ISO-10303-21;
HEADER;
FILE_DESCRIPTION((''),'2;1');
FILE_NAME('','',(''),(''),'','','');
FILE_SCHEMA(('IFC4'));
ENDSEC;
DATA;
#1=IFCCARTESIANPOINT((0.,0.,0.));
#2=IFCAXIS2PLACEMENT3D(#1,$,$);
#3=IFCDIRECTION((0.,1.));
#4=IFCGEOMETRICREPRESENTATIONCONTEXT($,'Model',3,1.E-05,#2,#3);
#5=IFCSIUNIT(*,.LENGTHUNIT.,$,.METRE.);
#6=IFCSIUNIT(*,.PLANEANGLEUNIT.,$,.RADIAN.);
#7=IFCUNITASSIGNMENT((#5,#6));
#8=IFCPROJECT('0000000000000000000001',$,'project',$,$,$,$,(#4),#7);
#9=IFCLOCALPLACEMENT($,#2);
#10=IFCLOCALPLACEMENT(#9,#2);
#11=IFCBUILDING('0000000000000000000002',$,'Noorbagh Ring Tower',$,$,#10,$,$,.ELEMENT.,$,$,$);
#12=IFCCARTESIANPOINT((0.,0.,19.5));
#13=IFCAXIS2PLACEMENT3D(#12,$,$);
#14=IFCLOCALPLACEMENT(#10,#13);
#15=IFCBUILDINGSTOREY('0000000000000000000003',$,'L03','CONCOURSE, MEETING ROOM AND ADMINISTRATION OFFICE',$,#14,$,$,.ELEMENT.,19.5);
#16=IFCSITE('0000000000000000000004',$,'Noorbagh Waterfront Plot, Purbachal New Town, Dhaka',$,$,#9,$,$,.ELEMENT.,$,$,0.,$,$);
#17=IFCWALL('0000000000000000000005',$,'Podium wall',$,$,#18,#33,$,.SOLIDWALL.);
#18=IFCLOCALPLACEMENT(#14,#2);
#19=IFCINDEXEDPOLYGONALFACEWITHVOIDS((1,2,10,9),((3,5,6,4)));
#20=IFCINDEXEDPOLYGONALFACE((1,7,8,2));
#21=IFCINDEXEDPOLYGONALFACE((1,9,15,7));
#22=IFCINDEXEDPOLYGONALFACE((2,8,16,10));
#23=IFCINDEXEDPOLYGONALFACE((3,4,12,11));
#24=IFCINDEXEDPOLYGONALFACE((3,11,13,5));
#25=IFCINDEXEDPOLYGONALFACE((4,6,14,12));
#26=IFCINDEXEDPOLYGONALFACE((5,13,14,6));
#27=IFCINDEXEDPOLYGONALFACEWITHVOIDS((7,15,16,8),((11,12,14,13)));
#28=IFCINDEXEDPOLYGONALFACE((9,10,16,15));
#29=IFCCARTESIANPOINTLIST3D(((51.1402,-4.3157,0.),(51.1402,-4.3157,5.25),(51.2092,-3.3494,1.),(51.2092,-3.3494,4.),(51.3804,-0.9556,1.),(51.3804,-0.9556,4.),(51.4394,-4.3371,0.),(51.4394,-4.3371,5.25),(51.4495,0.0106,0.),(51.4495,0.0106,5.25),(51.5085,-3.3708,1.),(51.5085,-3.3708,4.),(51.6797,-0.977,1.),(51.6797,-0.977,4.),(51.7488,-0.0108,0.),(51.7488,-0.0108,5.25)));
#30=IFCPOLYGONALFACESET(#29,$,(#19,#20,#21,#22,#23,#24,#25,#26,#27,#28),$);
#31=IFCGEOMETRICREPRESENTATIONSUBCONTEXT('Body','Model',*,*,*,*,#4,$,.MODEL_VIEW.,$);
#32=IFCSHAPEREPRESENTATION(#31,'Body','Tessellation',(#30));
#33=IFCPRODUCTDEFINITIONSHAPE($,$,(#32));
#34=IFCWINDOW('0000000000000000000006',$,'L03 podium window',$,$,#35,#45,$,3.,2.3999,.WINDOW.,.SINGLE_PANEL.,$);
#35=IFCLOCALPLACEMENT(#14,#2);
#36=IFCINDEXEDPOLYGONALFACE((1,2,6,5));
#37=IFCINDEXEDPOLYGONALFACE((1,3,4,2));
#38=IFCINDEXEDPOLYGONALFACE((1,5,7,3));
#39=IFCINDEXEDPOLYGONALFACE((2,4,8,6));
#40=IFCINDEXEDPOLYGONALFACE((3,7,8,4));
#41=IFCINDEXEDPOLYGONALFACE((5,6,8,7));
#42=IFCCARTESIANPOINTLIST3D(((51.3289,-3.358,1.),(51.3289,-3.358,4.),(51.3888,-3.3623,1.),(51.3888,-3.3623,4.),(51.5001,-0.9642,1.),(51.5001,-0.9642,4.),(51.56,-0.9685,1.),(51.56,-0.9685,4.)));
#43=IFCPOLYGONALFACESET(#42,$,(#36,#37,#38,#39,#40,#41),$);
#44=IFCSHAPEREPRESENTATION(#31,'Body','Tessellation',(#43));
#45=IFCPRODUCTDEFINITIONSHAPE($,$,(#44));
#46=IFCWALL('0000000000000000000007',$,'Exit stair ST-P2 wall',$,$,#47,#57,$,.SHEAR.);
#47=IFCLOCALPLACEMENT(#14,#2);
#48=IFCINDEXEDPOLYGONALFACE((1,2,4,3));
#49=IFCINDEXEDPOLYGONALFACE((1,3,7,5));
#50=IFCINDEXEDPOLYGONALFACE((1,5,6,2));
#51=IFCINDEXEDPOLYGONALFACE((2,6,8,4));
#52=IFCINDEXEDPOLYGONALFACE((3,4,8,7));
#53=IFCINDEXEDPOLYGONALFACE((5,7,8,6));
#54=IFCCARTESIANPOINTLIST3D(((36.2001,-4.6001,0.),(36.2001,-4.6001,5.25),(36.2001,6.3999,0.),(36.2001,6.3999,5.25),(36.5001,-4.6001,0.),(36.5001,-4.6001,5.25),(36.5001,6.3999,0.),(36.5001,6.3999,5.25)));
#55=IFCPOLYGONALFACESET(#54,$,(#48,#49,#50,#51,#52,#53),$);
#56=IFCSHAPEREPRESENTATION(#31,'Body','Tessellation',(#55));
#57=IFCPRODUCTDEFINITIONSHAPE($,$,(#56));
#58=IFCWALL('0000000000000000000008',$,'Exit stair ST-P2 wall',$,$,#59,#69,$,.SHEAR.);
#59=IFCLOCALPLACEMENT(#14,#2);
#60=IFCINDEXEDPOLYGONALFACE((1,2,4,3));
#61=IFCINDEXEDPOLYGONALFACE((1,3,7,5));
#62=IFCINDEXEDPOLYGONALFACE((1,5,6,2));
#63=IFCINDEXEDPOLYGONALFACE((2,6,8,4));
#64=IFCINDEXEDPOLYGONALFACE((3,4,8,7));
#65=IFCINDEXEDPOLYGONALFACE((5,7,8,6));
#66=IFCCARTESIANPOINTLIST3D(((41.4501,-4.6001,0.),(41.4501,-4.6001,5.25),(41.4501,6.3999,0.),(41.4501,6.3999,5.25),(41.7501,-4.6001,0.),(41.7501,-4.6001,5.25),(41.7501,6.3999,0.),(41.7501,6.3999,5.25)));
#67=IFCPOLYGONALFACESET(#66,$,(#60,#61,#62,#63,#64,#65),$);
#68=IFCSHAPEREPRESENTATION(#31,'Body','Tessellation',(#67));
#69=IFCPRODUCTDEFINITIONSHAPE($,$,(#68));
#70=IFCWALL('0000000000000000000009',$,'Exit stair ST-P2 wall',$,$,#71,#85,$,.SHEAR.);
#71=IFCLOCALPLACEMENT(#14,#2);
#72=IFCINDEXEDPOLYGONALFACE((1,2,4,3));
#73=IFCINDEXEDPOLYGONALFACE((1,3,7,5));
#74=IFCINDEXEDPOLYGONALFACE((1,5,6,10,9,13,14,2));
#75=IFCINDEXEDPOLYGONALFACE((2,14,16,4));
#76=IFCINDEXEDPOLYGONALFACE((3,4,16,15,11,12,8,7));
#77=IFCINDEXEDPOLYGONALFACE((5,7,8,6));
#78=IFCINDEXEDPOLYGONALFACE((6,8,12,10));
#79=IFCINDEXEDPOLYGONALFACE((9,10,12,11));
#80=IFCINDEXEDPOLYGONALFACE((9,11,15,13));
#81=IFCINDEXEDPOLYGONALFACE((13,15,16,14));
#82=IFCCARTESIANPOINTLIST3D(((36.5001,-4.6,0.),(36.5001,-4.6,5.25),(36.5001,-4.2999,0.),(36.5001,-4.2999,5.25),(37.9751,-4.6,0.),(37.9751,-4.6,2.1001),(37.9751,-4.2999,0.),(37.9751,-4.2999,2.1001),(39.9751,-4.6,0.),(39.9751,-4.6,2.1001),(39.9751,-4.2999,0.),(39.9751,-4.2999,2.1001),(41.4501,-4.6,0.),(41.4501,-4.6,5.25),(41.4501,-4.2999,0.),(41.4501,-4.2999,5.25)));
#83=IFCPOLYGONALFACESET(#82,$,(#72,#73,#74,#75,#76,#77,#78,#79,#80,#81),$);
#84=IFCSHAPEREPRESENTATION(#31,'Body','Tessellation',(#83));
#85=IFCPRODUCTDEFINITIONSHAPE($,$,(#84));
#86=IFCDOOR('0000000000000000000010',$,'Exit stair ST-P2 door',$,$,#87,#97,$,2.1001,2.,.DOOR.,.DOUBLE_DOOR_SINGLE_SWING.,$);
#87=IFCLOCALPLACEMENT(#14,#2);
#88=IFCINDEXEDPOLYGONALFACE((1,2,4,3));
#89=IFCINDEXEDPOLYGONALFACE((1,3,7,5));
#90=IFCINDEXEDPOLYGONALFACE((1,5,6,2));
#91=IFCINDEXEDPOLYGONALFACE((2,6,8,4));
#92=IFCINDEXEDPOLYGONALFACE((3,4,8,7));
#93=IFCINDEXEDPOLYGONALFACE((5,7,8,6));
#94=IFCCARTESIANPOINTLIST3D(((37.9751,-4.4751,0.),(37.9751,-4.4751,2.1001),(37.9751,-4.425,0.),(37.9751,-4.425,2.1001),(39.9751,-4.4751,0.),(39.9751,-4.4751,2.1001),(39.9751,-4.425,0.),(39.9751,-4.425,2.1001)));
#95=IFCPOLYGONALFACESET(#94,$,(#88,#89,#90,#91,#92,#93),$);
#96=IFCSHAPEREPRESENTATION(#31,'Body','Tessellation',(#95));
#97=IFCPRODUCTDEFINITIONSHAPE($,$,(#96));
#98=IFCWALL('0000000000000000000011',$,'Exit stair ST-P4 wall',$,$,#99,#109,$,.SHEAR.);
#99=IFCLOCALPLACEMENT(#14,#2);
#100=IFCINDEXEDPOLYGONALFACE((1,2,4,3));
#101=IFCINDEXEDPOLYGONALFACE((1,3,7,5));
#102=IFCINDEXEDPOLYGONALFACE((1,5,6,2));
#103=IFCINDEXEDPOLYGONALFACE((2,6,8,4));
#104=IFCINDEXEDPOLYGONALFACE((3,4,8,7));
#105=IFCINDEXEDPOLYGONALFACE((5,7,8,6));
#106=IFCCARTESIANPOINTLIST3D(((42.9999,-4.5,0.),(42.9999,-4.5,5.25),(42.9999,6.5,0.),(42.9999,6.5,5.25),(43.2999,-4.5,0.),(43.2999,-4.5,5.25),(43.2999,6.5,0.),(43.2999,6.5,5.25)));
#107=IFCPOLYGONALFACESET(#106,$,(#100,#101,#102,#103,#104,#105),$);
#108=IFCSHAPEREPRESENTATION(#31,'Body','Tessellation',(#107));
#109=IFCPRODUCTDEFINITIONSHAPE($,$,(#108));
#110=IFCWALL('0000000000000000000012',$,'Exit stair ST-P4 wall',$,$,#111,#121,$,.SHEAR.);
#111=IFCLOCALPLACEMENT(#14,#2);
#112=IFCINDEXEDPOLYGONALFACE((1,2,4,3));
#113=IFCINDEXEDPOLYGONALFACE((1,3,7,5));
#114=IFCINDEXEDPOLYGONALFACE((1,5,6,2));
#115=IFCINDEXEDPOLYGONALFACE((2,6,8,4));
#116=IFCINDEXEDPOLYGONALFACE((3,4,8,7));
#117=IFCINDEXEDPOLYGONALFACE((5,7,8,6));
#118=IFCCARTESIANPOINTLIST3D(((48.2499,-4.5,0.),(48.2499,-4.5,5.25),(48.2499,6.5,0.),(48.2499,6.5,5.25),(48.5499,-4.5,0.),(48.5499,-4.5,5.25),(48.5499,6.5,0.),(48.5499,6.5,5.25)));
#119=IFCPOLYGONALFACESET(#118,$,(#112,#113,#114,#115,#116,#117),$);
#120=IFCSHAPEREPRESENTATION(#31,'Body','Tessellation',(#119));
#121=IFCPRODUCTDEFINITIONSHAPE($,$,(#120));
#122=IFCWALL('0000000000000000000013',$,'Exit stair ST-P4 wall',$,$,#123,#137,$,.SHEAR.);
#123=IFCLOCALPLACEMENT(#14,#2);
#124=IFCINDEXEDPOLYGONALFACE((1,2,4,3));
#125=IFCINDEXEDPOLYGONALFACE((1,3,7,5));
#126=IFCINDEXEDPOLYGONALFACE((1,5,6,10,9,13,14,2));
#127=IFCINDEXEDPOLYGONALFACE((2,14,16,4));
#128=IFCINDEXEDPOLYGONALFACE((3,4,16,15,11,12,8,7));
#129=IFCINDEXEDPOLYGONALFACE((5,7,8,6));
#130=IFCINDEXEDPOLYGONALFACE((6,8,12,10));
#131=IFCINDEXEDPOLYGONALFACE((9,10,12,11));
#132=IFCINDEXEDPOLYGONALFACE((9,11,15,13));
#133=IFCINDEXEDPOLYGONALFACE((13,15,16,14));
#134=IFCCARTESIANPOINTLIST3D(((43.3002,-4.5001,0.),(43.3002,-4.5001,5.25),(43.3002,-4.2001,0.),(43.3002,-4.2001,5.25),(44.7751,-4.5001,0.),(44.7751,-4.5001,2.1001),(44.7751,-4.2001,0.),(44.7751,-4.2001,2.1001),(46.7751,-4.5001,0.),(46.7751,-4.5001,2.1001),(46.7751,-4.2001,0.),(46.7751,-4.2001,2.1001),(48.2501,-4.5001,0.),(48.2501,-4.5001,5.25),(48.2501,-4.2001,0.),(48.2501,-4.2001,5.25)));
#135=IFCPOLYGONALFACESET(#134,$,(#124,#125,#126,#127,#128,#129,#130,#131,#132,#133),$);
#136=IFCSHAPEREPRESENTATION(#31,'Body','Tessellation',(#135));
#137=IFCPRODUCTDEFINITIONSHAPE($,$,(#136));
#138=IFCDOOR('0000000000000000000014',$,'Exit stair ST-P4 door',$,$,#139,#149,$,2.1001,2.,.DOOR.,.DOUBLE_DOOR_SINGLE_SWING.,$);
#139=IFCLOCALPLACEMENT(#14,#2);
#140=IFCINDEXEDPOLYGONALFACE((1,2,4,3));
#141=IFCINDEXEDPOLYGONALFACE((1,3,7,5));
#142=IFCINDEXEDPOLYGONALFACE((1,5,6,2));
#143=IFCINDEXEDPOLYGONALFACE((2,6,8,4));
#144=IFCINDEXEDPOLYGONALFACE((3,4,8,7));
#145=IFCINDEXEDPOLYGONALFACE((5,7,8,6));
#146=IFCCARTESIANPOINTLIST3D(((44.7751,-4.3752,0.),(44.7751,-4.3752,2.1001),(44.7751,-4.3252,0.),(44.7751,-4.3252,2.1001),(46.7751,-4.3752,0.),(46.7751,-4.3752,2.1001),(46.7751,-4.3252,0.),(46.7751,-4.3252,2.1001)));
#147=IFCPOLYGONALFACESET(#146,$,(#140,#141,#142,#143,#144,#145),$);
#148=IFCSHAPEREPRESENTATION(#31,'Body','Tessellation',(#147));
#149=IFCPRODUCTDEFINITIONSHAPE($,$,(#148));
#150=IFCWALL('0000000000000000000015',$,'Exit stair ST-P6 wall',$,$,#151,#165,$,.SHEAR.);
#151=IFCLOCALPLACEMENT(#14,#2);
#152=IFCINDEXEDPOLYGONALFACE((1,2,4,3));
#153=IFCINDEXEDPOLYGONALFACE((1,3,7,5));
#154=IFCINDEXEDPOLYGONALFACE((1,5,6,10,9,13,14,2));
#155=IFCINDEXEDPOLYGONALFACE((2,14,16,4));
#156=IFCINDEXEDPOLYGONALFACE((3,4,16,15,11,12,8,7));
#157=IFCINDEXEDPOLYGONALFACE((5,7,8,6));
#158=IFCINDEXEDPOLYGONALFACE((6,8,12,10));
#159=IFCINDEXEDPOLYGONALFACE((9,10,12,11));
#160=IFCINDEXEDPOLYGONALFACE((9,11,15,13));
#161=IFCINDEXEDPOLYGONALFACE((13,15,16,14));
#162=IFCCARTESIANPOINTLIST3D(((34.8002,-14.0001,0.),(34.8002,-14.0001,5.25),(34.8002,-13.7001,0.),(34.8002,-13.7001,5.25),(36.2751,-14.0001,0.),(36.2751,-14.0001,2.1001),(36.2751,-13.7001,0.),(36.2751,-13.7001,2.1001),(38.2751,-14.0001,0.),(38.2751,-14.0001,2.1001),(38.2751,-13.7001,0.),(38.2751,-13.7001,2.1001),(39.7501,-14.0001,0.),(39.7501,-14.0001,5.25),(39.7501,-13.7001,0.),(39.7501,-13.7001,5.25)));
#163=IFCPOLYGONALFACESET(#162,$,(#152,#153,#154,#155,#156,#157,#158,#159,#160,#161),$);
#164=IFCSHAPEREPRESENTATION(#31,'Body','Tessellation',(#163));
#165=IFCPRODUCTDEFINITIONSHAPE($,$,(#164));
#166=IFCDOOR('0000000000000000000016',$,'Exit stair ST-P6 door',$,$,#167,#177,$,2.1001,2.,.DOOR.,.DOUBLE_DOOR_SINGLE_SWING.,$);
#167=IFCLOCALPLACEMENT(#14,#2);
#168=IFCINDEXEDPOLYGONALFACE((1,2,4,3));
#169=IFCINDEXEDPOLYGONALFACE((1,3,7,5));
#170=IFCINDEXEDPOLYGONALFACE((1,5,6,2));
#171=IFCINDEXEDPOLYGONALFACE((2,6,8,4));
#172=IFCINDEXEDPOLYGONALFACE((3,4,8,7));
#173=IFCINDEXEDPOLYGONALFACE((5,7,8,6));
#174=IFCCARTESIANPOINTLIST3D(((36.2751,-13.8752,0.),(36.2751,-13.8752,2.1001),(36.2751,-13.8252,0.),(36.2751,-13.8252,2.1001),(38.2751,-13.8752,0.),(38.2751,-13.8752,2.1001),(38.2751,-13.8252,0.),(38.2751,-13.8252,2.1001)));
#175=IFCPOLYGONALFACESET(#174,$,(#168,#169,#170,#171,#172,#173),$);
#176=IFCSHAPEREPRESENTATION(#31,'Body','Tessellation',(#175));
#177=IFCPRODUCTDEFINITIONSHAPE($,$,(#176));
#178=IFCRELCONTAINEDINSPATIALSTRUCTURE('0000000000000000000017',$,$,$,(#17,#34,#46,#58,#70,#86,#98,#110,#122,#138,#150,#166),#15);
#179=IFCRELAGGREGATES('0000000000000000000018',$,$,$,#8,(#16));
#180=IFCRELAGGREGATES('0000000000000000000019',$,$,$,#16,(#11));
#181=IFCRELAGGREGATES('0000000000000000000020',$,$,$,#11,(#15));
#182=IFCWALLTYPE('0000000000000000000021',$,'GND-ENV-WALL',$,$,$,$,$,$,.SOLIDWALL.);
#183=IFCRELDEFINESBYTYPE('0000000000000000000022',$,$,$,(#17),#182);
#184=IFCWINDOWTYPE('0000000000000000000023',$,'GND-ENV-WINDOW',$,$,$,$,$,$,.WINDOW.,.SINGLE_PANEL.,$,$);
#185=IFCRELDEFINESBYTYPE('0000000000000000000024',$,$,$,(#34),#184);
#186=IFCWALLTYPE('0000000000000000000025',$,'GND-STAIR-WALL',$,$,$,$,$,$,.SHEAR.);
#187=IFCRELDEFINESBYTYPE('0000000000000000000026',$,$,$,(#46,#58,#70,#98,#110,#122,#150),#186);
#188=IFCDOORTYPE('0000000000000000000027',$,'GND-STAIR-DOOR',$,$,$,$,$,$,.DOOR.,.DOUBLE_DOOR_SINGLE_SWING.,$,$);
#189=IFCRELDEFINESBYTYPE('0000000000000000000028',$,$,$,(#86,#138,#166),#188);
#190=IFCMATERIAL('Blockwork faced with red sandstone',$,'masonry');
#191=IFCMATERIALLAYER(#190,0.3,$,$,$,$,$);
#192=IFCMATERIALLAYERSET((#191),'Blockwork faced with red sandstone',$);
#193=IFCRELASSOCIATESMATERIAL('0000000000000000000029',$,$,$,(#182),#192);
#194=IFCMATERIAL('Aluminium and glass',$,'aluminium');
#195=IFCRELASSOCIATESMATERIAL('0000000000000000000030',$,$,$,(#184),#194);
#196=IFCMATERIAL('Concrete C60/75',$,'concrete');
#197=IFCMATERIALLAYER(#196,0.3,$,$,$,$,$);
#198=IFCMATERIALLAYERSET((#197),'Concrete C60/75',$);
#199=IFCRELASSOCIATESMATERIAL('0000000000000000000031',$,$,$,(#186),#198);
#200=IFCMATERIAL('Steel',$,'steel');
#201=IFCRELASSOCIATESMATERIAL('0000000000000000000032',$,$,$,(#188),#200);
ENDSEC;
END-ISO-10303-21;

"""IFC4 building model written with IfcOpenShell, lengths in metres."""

from ifc_helpers import new_model, si_unit, direction, frame, frame_2d, origin, place, context, subcontext, project, spatial, rectangle, extrude, material, layer, layer_set, type_object, element, fill, save


model = new_model("IFC4")

# Units and contexts
model_context = context("Model", 3, precision=1e-05, world=origin(), true_north=direction((0.0, 1.0)))
body_context = subcontext(model_context, "Body", "Model", "MODEL_VIEW")
ifc_project = project(units=[si_unit("LENGTHUNIT", "METRE"), si_unit("PLANEANGLEUNIT", "RADIAN")], contexts=[model_context])

# Site, building, storey
site_placement = place(None, origin())
site = spatial("IfcSite", under=ifc_project, at=site_placement, Name="Noorbagh Waterfront Plot, Purbachal New Town, Dhaka", CompositionType="ELEMENT", RefElevation=0.0)
building_placement = place(site_placement, origin())
building = spatial("IfcBuilding", under=site, at=building_placement, Name="Noorbagh Ring Tower", CompositionType="ELEMENT")
storey_placement = place(building_placement, frame((0.0, 0.0, 19.5)))
storey = spatial("IfcBuildingStorey", under=building, at=storey_placement, Name="L03", Description="CONCOURSE, MEETING ROOM AND ADMINISTRATION OFFICE", CompositionType="ELEMENT", Elevation=19.5)

# Wall, opening, window
ifc_material_1 = material(Name="Blockwork faced with red sandstone", Category="masonry")
ifc_layer_1 = layer(ifc_material_1, 0.3)
ifc_layer_set_1 = layer_set([ifc_layer_1], Name="Blockwork faced with red sandstone")
wall_type_1 = type_object("IfcWallType", Name="GND-ENV-WALL", PredefinedType="SOLIDWALL", material=ifc_layer_set_1)
ifc_material_2 = material(Name="Aluminium and glass", Category="aluminium")
window_type = type_object("IfcWindowType", Name="GND-ENV-WINDOW", PartitioningType="SINGLE_PANEL", PredefinedType="WINDOW", material=ifc_material_2)
wall_1_placement = place(storey_placement, frame((51.2898, -4.3264, 0.0), z_axis=(0.0, 0.0, 1.0), x_axis=(0.071315, 0.997454, 0.0)))
wall_1 = element("IfcWall", 1, at=wall_1_placement, inside=storey, type_object=wall_type_1, Name="Podium wall", PredefinedType="SOLIDWALL", context=body_context, shape_type="SweptSolid", body=[
    extrude(rectangle(XDim=4.3374, YDim=0.3, at=frame_2d((2.1687, 0.0))), origin(), (0.0, 0.0, 1.0), 5.25),
])
opening_1_placement = place(wall_1_placement, frame((0.9688, 0.0, 1.0)))
opening_1 = element("IfcOpeningElement", 2, at=opening_1_placement, cuts=wall_1, PredefinedType="OPENING", context=body_context, shape_type="SweptSolid", body=[
    extrude(rectangle(XDim=2.3999, YDim=3.0, at=frame_2d((1.2, 1.5))), frame((0.0, 0.1602, 0.0), z_axis=(0.0, -1.0, 0.0), x_axis=(1.0, 0.0, 0.0)), (0.0, 0.0, 1.0), 0.3201),
])
window_1_placement = place(opening_1_placement, origin())
window_1 = element("IfcWindow", 3, at=window_1_placement, inside=storey, type_object=window_type, Name="L03 podium window", OverallHeight=3.0, OverallWidth=2.3999, PartitioningType="SINGLE_PANEL", PredefinedType="WINDOW", context=body_context, shape_type="SweptSolid", body=[
    extrude(rectangle(XDim=2.3999, YDim=3.0, at=frame_2d((1.2, 1.5))), frame((0.0, 0.03, 0.0), z_axis=(0.0, -1.0, 0.0), x_axis=(1.0, 0.0, 0.0)), (0.0, 0.0, 1.0), 0.0601),
])
fill(opening_1, window_1)

# Walls
ifc_material_3 = material(Name="Concrete C60/75", Category="concrete")
ifc_layer_2 = layer(ifc_material_3, 0.3)
ifc_layer_set_2 = layer_set([ifc_layer_2], Name="Concrete C60/75")
wall_type_2 = type_object("IfcWallType", Name="GND-STAIR-WALL", PredefinedType="SHEAR", material=ifc_layer_set_2)
for number, where, z_axis, x_axis, name in (
    (4, (36.3501, -4.6001, 0.0), (0.0, 0.0, 1.0), (0.0, 1.0, 0.0), "Exit stair ST-P2 wall"),
    (5, (41.6001, -4.6001, 0.0), (0.0, 0.0, 1.0), (0.0, 1.0, 0.0), "Exit stair ST-P2 wall"),
):
    element("IfcWall", number, at=place(storey_placement, frame(where, z_axis=z_axis, x_axis=x_axis)), inside=storey, type_object=wall_type_2, Name=name, PredefinedType="SHEAR", context=body_context, shape_type="SweptSolid", body=[
        extrude(rectangle(XDim=11.0, YDim=0.3, at=frame_2d((5.5, 0.0))), origin(), (0.0, 0.0, 1.0), 5.25),
    ])

# Wall, opening, door
wall_2_placement = place(storey_placement, frame((36.5, -4.45, 0.0), z_axis=(0.0, 0.0, 1.0), x_axis=(1.0, 0.0, 0.0)))
wall_2 = element("IfcWall", 6, at=wall_2_placement, inside=storey, type_object=wall_type_2, Name="Exit stair ST-P2 wall", PredefinedType="SHEAR", context=body_context, shape_type="SweptSolid", body=[
    extrude(rectangle(XDim=4.95, YDim=0.3, at=frame_2d((2.4751, 0.0))), origin(), (0.0, 0.0, 1.0), 5.25),
])
opening_2_placement = place(wall_2_placement, frame((1.4751, 0.0, 0.0)))
opening_2 = element("IfcOpeningElement", 7, at=opening_2_placement, cuts=wall_2, PredefinedType="OPENING", context=body_context, shape_type="SweptSolid", body=[
    extrude(rectangle(XDim=2.0, YDim=2.1001, at=frame_2d((1.0, 1.05))), frame((0.0, 0.1602, 0.0), z_axis=(0.0, -1.0, 0.0), x_axis=(1.0, 0.0, 0.0)), (0.0, 0.0, 1.0), 0.3201),
])
ifc_material_4 = material(Name="Steel", Category="steel")
door_type = type_object("IfcDoorType", Name="GND-STAIR-DOOR", OperationType="DOUBLE_DOOR_SINGLE_SWING", PredefinedType="DOOR", material=ifc_material_4)
door_1_placement = place(opening_2_placement, origin())
door_1 = element("IfcDoor", 8, at=door_1_placement, inside=storey, type_object=door_type, Name="Exit stair ST-P2 door", OperationType="DOUBLE_DOOR_SINGLE_SWING", OverallHeight=2.1001, OverallWidth=2.0, PredefinedType="DOOR", context=body_context, shape_type="SweptSolid", body=[
    extrude(rectangle(XDim=2.0, YDim=2.1001, at=frame_2d((1.0, 1.05))), frame((0.0, 0.0249, 0.0), z_axis=(0.0, -1.0, 0.0), x_axis=(1.0, 0.0, 0.0)), (0.0, 0.0, 1.0), 0.05),
])
fill(opening_2, door_1)

# Walls
for number, where, z_axis, x_axis, name in (
    (9, (43.1499, -4.5, 0.0), (0.0, 0.0, 1.0), (0.0, 1.0, 0.0), "Exit stair ST-P4 wall"),
    (10, (48.3999, -4.5, 0.0), (0.0, 0.0, 1.0), (0.0, 1.0, 0.0), "Exit stair ST-P4 wall"),
):
    element("IfcWall", number, at=place(storey_placement, frame(where, z_axis=z_axis, x_axis=x_axis)), inside=storey, type_object=wall_type_2, Name=name, PredefinedType="SHEAR", context=body_context, shape_type="SweptSolid", body=[
        extrude(rectangle(XDim=11.0, YDim=0.3, at=frame_2d((5.5, 0.0))), origin(), (0.0, 0.0, 1.0), 5.25),
    ])

# Walls, openings, doors
wall_3_placement = place(storey_placement, frame((43.3, -4.3501, 0.0), z_axis=(0.0, 0.0, 1.0), x_axis=(1.0, 0.0, 0.0)))
wall_3 = element("IfcWall", 11, at=wall_3_placement, inside=storey, type_object=wall_type_2, Name="Exit stair ST-P4 wall", PredefinedType="SHEAR", context=body_context, shape_type="SweptSolid", body=[
    extrude(rectangle(XDim=4.95, YDim=0.3, at=frame_2d((2.4751, 0.0))), origin(), (0.0, 0.0, 1.0), 5.25),
])
opening_3_placement = place(wall_3_placement, frame((1.4751, 0.0, 0.0)))
opening_3 = element("IfcOpeningElement", 12, at=opening_3_placement, cuts=wall_3, PredefinedType="OPENING", context=body_context, shape_type="SweptSolid", body=[
    extrude(rectangle(XDim=2.0, YDim=2.1001, at=frame_2d((1.0, 1.05))), frame((0.0, 0.1602, 0.0), z_axis=(0.0, -1.0, 0.0), x_axis=(1.0, 0.0, 0.0)), (0.0, 0.0, 1.0), 0.3201),
])
door_2_placement = place(opening_3_placement, origin())
door_2 = element("IfcDoor", 13, at=door_2_placement, inside=storey, type_object=door_type, Name="Exit stair ST-P4 door", OperationType="DOUBLE_DOOR_SINGLE_SWING", OverallHeight=2.1001, OverallWidth=2.0, PredefinedType="DOOR", context=body_context, shape_type="SweptSolid", body=[
    extrude(rectangle(XDim=2.0, YDim=2.1001, at=frame_2d((1.0, 1.05))), frame((0.0, 0.0249, 0.0), z_axis=(0.0, -1.0, 0.0), x_axis=(1.0, 0.0, 0.0)), (0.0, 0.0, 1.0), 0.05),
])
fill(opening_3, door_2)
wall_4_placement = place(storey_placement, frame((34.8, -13.8501, 0.0), z_axis=(0.0, 0.0, 1.0), x_axis=(1.0, 0.0, 0.0)))
wall_4 = element("IfcWall", 14, at=wall_4_placement, inside=storey, type_object=wall_type_2, Name="Exit stair ST-P6 wall", PredefinedType="SHEAR", context=body_context, shape_type="SweptSolid", body=[
    extrude(rectangle(XDim=4.95, YDim=0.3, at=frame_2d((2.4751, 0.0))), origin(), (0.0, 0.0, 1.0), 5.25),
])
opening_4_placement = place(wall_4_placement, frame((1.4751, 0.0, 0.0)))
opening_4 = element("IfcOpeningElement", 15, at=opening_4_placement, cuts=wall_4, PredefinedType="OPENING", context=body_context, shape_type="SweptSolid", body=[
    extrude(rectangle(XDim=2.0, YDim=2.1001, at=frame_2d((1.0, 1.05))), frame((0.0, 0.1602, 0.0), z_axis=(0.0, -1.0, 0.0), x_axis=(1.0, 0.0, 0.0)), (0.0, 0.0, 1.0), 0.3201),
])
door_3_placement = place(opening_4_placement, origin())
door_3 = element("IfcDoor", 16, at=door_3_placement, inside=storey, type_object=door_type, Name="Exit stair ST-P6 door", OperationType="DOUBLE_DOOR_SINGLE_SWING", OverallHeight=2.1001, OverallWidth=2.0, PredefinedType="DOOR", context=body_context, shape_type="SweptSolid", body=[
    extrude(rectangle(XDim=2.0, YDim=2.1001, at=frame_2d((1.0, 1.05))), frame((0.0, 0.0249, 0.0), z_axis=(0.0, -1.0, 0.0), x_axis=(1.0, 0.0, 0.0)), (0.0, 0.0, 1.0), 0.05),
])
fill(opening_4, door_3)

save(model, "model.ifc")
